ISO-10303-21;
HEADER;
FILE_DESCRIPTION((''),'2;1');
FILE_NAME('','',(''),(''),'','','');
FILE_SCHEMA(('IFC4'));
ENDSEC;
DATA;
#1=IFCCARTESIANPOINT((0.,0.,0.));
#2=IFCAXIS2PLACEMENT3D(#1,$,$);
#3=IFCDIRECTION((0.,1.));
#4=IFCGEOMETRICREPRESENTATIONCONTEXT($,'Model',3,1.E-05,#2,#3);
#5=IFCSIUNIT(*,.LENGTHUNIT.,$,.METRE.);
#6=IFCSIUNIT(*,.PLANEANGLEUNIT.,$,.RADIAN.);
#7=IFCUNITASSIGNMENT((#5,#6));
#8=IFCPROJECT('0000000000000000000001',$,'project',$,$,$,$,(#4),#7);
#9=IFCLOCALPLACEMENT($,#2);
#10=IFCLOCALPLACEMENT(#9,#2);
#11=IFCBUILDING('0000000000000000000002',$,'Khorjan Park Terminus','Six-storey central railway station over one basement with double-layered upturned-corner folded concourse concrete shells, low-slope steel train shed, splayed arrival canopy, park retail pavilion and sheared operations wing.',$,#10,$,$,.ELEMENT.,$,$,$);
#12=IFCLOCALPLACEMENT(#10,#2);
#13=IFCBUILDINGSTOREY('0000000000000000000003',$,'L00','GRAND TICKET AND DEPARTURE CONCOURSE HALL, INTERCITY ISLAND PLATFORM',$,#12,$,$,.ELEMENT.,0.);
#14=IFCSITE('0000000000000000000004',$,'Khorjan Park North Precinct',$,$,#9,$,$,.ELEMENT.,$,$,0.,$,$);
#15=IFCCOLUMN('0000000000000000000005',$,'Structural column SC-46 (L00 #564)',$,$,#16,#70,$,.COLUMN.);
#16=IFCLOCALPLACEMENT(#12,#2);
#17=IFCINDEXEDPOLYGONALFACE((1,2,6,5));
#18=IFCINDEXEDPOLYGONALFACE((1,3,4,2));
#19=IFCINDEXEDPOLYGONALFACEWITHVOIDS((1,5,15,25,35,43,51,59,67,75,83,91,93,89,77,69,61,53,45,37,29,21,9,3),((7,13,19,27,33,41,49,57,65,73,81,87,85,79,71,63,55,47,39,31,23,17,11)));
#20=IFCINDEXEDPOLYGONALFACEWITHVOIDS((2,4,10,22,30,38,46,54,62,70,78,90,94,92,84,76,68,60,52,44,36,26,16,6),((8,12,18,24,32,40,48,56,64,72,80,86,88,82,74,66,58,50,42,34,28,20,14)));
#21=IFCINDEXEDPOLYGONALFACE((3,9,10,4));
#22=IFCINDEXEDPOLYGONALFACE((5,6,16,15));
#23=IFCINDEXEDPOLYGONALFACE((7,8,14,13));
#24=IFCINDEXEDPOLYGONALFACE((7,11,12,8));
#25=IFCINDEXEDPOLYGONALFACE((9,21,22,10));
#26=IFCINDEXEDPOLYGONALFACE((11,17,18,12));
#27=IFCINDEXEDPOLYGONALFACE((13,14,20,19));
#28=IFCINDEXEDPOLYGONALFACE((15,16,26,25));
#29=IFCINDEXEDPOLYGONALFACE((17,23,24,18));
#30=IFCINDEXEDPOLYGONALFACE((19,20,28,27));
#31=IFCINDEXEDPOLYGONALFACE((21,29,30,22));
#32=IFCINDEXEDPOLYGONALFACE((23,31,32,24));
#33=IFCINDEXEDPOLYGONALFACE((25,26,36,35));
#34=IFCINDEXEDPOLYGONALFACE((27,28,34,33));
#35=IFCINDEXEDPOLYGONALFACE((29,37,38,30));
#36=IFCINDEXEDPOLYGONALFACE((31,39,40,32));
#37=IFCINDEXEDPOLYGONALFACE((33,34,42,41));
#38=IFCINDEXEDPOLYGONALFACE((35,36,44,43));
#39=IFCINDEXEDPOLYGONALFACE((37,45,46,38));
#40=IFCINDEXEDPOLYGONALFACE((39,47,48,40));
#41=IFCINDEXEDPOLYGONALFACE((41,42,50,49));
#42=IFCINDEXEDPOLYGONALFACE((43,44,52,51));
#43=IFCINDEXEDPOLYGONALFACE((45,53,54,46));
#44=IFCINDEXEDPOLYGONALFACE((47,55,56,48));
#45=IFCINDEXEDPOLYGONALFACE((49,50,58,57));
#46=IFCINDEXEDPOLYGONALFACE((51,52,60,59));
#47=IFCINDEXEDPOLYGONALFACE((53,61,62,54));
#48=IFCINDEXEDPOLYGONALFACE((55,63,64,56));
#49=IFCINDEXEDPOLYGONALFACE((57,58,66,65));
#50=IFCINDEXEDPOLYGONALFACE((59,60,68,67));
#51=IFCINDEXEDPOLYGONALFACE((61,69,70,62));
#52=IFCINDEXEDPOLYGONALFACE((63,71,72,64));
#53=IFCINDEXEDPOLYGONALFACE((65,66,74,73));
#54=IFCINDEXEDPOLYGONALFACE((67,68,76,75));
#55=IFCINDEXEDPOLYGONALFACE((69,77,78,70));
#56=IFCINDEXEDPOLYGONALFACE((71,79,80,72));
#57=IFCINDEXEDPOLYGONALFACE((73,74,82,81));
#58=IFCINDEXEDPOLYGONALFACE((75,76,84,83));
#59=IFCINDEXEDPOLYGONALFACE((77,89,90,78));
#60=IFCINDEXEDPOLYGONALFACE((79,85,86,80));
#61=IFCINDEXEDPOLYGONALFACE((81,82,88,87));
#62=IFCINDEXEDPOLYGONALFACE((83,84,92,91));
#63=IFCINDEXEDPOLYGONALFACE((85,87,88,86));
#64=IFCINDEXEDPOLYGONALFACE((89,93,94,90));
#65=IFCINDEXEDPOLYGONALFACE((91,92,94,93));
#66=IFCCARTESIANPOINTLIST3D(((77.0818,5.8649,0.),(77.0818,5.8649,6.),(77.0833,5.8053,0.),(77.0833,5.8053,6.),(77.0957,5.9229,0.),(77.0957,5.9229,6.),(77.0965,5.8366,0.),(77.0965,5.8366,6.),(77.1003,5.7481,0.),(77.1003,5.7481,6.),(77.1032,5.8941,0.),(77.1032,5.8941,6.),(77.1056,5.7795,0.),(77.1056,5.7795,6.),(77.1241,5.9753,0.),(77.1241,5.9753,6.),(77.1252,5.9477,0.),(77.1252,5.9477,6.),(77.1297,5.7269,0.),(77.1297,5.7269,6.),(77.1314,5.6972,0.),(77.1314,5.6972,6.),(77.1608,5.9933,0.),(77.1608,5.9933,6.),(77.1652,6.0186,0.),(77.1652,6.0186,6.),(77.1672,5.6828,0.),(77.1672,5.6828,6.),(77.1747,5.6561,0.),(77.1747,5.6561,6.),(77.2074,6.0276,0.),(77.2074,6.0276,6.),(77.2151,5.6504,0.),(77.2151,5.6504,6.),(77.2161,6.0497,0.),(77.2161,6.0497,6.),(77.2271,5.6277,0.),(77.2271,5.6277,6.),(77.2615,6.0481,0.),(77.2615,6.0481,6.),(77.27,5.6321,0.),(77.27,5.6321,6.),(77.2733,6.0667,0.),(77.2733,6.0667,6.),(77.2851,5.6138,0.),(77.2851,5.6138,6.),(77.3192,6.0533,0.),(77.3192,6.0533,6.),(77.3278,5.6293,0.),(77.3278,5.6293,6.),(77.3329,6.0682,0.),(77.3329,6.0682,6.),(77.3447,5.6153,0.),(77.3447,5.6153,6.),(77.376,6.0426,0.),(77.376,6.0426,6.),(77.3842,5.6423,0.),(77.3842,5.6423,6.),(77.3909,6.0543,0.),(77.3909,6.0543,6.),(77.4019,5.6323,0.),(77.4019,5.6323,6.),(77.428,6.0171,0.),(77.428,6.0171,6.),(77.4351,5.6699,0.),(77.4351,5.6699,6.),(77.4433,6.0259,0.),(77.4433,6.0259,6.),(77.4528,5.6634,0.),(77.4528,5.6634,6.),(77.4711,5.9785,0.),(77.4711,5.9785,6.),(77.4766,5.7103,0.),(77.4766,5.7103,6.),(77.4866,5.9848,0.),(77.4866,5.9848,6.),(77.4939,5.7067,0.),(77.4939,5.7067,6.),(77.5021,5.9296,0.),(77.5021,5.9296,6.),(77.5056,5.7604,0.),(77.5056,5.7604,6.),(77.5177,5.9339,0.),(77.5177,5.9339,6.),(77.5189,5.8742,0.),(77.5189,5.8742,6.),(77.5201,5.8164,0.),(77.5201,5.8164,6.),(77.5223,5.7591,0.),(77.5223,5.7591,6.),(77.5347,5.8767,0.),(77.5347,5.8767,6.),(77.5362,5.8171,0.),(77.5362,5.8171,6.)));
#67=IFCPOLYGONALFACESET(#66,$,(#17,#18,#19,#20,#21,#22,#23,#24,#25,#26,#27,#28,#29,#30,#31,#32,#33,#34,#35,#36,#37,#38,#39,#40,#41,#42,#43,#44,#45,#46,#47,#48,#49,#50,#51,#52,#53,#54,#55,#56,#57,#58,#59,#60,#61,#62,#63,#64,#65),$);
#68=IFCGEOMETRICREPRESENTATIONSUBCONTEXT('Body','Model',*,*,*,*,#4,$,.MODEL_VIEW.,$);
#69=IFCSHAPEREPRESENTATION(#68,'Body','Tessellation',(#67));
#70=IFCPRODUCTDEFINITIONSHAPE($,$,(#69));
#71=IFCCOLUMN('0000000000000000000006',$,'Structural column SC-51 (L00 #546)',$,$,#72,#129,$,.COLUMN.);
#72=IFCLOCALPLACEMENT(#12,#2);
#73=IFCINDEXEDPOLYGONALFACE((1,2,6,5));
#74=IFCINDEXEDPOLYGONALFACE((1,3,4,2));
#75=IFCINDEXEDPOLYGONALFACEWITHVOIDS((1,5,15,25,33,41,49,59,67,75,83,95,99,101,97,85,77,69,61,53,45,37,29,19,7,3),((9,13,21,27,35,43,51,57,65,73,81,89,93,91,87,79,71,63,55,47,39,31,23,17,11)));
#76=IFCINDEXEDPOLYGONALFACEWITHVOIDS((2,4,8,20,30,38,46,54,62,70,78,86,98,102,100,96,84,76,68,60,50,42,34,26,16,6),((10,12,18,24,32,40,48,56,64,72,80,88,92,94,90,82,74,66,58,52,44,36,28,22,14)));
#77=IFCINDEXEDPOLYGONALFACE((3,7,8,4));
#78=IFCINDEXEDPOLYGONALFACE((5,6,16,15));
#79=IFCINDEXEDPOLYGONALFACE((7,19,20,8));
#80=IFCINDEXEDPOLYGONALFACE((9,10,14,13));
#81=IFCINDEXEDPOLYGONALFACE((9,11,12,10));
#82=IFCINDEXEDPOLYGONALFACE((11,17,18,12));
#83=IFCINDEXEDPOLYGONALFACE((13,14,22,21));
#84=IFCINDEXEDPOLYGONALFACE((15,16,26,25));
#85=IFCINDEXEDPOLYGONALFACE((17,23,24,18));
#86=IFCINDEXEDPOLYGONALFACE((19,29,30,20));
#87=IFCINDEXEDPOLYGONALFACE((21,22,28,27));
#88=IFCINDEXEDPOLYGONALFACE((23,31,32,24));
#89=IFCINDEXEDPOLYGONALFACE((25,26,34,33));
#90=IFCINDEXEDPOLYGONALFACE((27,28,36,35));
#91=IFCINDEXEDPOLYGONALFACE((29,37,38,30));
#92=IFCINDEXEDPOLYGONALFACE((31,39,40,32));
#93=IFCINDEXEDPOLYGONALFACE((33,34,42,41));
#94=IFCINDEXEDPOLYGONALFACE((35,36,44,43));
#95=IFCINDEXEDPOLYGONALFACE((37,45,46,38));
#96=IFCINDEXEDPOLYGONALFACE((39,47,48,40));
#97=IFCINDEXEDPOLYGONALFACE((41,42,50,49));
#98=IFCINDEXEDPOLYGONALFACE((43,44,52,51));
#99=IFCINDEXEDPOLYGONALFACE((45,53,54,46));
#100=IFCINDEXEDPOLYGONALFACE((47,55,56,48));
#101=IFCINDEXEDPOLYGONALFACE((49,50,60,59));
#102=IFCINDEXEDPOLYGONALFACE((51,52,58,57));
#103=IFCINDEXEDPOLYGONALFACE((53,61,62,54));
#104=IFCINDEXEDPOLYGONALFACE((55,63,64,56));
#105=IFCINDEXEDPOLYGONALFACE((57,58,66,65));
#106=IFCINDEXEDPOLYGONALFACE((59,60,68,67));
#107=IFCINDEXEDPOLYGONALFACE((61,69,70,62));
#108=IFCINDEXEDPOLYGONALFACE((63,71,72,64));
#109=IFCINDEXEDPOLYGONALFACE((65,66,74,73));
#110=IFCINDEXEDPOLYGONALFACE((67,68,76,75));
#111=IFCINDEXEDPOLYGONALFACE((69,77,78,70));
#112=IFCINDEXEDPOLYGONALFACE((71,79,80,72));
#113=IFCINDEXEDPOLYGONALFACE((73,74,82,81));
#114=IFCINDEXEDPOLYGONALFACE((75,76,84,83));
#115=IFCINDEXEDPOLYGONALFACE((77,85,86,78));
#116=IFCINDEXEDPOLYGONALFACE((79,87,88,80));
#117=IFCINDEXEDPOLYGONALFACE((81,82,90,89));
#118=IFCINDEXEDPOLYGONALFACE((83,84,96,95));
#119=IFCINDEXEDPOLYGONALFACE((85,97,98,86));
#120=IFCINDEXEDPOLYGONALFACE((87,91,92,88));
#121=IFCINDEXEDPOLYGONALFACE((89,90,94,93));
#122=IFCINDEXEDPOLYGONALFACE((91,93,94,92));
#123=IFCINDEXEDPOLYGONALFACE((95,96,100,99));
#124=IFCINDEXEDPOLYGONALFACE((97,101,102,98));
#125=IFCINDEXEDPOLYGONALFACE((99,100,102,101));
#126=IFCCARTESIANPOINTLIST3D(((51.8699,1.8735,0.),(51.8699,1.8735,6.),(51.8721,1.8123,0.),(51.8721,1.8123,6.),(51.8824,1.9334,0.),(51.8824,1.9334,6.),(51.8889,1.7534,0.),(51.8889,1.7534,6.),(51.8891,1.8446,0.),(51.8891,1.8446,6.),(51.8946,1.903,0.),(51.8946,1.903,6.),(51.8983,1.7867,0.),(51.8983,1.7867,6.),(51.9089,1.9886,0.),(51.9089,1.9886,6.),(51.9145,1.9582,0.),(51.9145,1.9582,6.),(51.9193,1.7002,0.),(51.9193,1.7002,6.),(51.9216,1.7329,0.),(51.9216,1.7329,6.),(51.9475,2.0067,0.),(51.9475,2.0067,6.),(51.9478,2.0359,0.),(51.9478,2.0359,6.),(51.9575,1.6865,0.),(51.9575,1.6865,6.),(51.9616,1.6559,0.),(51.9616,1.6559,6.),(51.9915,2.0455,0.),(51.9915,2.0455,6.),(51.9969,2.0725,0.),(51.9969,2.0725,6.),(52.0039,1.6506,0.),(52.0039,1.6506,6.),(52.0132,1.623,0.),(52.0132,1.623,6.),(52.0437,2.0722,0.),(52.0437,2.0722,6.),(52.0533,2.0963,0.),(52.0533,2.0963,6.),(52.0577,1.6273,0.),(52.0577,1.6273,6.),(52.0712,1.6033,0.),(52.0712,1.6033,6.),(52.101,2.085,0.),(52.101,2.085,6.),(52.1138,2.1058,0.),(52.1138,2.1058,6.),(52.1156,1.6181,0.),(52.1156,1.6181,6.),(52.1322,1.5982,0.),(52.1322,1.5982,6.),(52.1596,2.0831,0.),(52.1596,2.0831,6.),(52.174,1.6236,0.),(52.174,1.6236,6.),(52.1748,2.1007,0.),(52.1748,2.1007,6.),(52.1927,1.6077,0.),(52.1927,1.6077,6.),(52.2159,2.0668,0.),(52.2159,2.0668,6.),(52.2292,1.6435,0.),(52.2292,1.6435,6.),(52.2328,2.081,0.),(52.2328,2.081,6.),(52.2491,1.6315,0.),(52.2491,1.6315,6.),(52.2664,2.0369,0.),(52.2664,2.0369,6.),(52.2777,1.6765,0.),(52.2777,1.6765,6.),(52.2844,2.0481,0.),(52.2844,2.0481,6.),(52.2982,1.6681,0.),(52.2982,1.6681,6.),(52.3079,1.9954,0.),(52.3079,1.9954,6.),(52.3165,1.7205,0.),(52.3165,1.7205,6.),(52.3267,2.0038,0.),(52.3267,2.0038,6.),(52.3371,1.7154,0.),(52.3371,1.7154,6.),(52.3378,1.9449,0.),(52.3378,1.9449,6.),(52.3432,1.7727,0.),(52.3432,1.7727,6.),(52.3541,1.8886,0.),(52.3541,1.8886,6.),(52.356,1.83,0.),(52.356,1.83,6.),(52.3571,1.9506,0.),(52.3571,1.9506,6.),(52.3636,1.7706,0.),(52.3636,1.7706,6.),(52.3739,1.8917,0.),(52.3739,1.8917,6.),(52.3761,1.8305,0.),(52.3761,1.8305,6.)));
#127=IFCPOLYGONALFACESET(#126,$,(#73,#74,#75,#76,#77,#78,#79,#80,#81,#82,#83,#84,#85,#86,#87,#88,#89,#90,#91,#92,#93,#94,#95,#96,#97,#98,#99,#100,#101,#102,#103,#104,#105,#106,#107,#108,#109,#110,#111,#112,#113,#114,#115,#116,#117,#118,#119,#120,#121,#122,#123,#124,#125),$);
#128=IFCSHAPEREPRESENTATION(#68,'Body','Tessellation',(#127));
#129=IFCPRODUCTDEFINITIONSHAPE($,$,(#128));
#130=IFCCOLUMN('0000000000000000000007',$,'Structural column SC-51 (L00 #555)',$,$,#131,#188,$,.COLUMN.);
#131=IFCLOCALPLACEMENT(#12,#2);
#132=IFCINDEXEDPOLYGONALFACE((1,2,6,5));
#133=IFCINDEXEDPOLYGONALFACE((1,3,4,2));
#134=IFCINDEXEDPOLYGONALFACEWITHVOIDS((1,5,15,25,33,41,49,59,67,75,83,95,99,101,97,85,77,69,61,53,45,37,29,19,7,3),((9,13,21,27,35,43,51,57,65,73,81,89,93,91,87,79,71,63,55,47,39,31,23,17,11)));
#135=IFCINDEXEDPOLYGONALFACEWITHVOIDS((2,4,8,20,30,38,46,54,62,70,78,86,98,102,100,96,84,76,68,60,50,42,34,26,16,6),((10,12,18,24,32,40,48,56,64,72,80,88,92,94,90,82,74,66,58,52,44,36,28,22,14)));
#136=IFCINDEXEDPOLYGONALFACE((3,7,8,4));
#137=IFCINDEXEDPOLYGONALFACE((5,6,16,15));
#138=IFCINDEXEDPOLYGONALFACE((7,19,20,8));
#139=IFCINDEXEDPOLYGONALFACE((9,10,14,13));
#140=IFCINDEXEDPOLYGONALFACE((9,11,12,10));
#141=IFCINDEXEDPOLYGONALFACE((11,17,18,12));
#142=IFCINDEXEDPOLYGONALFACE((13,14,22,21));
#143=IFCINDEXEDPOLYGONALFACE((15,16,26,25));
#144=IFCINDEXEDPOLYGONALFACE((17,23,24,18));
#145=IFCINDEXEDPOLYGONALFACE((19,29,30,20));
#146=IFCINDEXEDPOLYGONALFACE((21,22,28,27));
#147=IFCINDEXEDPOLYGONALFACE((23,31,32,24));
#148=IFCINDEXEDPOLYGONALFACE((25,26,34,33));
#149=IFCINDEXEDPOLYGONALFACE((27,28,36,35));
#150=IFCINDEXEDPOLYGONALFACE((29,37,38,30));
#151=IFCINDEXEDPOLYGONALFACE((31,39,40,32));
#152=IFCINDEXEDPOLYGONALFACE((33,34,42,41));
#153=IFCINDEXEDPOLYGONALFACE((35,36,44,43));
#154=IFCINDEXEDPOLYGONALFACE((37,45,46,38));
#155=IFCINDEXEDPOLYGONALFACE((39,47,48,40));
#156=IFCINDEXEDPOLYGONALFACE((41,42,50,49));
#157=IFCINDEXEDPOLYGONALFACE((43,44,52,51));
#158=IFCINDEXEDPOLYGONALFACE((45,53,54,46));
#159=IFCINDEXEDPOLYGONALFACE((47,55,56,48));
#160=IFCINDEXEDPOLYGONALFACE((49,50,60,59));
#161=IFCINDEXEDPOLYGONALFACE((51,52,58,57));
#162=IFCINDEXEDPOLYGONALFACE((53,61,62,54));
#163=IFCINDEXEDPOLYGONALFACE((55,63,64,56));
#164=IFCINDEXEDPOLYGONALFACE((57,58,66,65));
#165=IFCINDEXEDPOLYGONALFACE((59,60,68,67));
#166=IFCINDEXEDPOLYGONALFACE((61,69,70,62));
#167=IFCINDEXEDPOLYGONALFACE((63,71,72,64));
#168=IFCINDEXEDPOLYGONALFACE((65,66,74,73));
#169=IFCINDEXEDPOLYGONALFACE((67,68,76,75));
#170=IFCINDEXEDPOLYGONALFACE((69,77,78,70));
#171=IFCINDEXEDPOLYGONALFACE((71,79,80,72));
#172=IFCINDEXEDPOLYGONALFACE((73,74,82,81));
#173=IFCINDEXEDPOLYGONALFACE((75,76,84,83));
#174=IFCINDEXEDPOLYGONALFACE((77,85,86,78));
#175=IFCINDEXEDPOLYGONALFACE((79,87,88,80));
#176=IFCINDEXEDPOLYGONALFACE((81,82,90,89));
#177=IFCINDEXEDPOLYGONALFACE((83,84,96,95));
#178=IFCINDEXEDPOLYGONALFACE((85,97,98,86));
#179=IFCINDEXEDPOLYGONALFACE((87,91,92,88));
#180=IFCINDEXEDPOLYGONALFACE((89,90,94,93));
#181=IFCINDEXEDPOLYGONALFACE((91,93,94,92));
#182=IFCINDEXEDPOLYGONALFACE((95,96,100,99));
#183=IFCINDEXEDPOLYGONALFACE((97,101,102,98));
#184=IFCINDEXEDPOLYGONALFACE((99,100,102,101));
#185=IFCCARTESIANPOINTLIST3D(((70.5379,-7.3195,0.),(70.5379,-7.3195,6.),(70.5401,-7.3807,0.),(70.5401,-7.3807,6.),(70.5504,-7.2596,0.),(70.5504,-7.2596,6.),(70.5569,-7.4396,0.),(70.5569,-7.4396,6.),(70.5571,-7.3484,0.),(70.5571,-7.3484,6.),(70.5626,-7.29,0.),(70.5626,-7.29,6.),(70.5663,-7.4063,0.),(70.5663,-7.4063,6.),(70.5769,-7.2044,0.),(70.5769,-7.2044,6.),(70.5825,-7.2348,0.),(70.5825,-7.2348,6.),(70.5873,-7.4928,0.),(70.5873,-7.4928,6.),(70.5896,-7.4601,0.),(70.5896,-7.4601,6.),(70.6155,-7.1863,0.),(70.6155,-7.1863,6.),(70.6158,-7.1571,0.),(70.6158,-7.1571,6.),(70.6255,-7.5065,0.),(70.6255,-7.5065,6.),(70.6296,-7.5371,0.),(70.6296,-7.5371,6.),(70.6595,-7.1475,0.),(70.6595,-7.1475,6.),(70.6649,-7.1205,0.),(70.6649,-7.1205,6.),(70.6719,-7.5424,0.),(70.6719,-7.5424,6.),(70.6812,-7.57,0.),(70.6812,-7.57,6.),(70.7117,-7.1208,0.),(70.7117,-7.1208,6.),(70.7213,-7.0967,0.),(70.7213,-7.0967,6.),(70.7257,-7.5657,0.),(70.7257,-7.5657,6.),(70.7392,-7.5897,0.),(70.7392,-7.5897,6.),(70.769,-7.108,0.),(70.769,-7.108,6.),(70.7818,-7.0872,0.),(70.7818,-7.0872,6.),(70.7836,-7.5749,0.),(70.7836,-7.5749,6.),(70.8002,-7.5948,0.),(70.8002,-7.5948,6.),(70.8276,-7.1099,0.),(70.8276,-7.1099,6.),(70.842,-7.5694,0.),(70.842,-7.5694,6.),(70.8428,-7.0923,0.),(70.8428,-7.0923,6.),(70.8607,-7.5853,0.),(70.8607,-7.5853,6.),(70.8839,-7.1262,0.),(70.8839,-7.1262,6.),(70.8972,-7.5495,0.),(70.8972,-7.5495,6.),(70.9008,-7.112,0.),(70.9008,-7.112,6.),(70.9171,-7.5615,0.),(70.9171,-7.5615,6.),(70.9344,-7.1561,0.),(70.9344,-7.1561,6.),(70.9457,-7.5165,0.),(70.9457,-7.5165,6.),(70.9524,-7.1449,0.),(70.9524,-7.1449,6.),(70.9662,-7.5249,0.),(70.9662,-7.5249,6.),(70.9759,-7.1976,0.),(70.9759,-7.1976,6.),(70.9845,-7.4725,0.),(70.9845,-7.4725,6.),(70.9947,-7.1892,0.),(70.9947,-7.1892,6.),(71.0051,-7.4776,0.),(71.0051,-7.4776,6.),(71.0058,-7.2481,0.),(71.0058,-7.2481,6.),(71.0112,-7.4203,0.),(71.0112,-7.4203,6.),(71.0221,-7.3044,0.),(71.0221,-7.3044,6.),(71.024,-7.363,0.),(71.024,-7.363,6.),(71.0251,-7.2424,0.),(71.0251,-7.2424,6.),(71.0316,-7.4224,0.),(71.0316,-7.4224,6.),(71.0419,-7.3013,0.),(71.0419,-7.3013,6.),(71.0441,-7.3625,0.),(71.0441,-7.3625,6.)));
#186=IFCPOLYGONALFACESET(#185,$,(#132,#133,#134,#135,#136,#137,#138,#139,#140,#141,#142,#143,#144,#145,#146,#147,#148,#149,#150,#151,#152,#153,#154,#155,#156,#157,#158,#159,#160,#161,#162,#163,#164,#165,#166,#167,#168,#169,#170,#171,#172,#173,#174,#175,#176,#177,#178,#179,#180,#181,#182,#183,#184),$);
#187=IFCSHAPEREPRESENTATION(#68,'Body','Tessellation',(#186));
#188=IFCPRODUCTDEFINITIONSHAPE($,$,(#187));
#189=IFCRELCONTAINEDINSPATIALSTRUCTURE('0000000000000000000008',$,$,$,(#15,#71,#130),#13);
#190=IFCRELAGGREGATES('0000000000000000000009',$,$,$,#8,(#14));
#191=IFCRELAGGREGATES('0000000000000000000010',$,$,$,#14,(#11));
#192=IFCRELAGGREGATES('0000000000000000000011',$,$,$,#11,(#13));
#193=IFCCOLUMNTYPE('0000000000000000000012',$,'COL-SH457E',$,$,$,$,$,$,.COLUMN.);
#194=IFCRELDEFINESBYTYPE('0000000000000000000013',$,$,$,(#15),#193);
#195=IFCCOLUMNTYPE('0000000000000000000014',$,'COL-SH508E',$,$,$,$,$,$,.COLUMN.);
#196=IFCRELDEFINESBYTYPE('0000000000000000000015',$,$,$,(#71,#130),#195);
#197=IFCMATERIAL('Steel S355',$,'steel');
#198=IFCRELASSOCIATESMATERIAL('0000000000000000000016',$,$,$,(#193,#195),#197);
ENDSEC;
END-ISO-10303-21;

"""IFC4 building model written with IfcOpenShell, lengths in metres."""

from ifc_helpers import new_model, si_unit, direction, frame, origin, origin_2d, place, context, subcontext, project, spatial, hollow_circle, extrude, material, material_profile, profile_set, type_object, element, save


model = new_model("IFC4")

# Units and contexts
model_context = context("Model", 3, precision=1e-05, world=origin(), true_north=direction((0.0, 1.0)))
body_context = subcontext(model_context, "Body", "Model", "MODEL_VIEW")
ifc_project = project(units=[si_unit("LENGTHUNIT", "METRE"), si_unit("PLANEANGLEUNIT", "RADIAN")], contexts=[model_context])

# Site, building, storey
site_placement = place(None, origin())
site = spatial("IfcSite", under=ifc_project, at=site_placement, Name="Khorjan Park North Precinct", CompositionType="ELEMENT", RefElevation=0.0)
building_placement = place(site_placement, origin())
building = spatial("IfcBuilding", under=site, at=building_placement, Name="Khorjan Park Terminus", Description="Six-storey central railway station over one basement with double-layered upturned-corner folded concourse concrete shells, low-slope steel train shed, splayed arrival canopy, park retail pavilion and sheared operations wing.", CompositionType="ELEMENT")
storey_placement = place(building_placement, origin())
storey = spatial("IfcBuildingStorey", under=building, at=storey_placement, Name="L00", Description="GRAND TICKET AND DEPARTURE CONCOURSE HALL, INTERCITY ISLAND PLATFORM", CompositionType="ELEMENT", Elevation=0.0)

# Columns
ifc_material_1 = material(Name="Steel S355", Category="steel")
ifc_material_profile_1 = material_profile(ifc_material_1, hollow_circle(Radius=0.2285, WallThickness=0.016, at=origin_2d()), Name="CHS 457x16")
ifc_profile_set_1 = profile_set([ifc_material_profile_1], Name="Steel S355")
column_type_1 = type_object("IfcColumnType", Name="COL-SH457E", PredefinedType="COLUMN", material=ifc_profile_set_1)
for number, where, z_axis, x_axis, name in (
    (1, (77.309, 5.841, 0.0), (0.0, 0.0, 1.0), (0.987688, 0.156434, 0.0), "Structural column SC-46 (L00 #564)"),
):
    element("IfcColumn", number, at=place(storey_placement, frame(where, z_axis=z_axis, x_axis=x_axis)), inside=storey, type_object=column_type_1, Name=name, PredefinedType="COLUMN", context=body_context, shape_type="SweptSolid", body=[
        extrude(hollow_circle(Radius=0.2285, WallThickness=0.016, at=origin_2d()), origin(), (0.0, 0.0, 1.0), 6.0),
    ])
ifc_material_profile_2 = material_profile(ifc_material_1, hollow_circle(Radius=0.254, WallThickness=0.02, at=origin_2d()), Name="CHS 508x20")
ifc_profile_set_2 = profile_set([ifc_material_profile_2], Name="Steel S355")
column_type_2 = type_object("IfcColumnType", Name="COL-SH508E", PredefinedType="COLUMN", material=ifc_profile_set_2)
for number, where, z_axis, x_axis, name in (
    (2, (52.123, 1.852, 0.0), (0.0, 0.0, 1.0), (0.987688, 0.156434, 0.0), "Structural column SC-51 (L00 #546)"),
    (3, (70.791, -7.341, 0.0), (0.0, 0.0, 1.0), (0.987688, 0.156434, 0.0), "Structural column SC-51 (L00 #555)"),
):
    element("IfcColumn", number, at=place(storey_placement, frame(where, z_axis=z_axis, x_axis=x_axis)), inside=storey, type_object=column_type_2, Name=name, PredefinedType="COLUMN", context=body_context, shape_type="SweptSolid", body=[
        extrude(hollow_circle(Radius=0.254, WallThickness=0.02, at=origin_2d()), origin(), (0.0, 0.0, 1.0), 6.0),
    ])

save(model, "model.ifc")
